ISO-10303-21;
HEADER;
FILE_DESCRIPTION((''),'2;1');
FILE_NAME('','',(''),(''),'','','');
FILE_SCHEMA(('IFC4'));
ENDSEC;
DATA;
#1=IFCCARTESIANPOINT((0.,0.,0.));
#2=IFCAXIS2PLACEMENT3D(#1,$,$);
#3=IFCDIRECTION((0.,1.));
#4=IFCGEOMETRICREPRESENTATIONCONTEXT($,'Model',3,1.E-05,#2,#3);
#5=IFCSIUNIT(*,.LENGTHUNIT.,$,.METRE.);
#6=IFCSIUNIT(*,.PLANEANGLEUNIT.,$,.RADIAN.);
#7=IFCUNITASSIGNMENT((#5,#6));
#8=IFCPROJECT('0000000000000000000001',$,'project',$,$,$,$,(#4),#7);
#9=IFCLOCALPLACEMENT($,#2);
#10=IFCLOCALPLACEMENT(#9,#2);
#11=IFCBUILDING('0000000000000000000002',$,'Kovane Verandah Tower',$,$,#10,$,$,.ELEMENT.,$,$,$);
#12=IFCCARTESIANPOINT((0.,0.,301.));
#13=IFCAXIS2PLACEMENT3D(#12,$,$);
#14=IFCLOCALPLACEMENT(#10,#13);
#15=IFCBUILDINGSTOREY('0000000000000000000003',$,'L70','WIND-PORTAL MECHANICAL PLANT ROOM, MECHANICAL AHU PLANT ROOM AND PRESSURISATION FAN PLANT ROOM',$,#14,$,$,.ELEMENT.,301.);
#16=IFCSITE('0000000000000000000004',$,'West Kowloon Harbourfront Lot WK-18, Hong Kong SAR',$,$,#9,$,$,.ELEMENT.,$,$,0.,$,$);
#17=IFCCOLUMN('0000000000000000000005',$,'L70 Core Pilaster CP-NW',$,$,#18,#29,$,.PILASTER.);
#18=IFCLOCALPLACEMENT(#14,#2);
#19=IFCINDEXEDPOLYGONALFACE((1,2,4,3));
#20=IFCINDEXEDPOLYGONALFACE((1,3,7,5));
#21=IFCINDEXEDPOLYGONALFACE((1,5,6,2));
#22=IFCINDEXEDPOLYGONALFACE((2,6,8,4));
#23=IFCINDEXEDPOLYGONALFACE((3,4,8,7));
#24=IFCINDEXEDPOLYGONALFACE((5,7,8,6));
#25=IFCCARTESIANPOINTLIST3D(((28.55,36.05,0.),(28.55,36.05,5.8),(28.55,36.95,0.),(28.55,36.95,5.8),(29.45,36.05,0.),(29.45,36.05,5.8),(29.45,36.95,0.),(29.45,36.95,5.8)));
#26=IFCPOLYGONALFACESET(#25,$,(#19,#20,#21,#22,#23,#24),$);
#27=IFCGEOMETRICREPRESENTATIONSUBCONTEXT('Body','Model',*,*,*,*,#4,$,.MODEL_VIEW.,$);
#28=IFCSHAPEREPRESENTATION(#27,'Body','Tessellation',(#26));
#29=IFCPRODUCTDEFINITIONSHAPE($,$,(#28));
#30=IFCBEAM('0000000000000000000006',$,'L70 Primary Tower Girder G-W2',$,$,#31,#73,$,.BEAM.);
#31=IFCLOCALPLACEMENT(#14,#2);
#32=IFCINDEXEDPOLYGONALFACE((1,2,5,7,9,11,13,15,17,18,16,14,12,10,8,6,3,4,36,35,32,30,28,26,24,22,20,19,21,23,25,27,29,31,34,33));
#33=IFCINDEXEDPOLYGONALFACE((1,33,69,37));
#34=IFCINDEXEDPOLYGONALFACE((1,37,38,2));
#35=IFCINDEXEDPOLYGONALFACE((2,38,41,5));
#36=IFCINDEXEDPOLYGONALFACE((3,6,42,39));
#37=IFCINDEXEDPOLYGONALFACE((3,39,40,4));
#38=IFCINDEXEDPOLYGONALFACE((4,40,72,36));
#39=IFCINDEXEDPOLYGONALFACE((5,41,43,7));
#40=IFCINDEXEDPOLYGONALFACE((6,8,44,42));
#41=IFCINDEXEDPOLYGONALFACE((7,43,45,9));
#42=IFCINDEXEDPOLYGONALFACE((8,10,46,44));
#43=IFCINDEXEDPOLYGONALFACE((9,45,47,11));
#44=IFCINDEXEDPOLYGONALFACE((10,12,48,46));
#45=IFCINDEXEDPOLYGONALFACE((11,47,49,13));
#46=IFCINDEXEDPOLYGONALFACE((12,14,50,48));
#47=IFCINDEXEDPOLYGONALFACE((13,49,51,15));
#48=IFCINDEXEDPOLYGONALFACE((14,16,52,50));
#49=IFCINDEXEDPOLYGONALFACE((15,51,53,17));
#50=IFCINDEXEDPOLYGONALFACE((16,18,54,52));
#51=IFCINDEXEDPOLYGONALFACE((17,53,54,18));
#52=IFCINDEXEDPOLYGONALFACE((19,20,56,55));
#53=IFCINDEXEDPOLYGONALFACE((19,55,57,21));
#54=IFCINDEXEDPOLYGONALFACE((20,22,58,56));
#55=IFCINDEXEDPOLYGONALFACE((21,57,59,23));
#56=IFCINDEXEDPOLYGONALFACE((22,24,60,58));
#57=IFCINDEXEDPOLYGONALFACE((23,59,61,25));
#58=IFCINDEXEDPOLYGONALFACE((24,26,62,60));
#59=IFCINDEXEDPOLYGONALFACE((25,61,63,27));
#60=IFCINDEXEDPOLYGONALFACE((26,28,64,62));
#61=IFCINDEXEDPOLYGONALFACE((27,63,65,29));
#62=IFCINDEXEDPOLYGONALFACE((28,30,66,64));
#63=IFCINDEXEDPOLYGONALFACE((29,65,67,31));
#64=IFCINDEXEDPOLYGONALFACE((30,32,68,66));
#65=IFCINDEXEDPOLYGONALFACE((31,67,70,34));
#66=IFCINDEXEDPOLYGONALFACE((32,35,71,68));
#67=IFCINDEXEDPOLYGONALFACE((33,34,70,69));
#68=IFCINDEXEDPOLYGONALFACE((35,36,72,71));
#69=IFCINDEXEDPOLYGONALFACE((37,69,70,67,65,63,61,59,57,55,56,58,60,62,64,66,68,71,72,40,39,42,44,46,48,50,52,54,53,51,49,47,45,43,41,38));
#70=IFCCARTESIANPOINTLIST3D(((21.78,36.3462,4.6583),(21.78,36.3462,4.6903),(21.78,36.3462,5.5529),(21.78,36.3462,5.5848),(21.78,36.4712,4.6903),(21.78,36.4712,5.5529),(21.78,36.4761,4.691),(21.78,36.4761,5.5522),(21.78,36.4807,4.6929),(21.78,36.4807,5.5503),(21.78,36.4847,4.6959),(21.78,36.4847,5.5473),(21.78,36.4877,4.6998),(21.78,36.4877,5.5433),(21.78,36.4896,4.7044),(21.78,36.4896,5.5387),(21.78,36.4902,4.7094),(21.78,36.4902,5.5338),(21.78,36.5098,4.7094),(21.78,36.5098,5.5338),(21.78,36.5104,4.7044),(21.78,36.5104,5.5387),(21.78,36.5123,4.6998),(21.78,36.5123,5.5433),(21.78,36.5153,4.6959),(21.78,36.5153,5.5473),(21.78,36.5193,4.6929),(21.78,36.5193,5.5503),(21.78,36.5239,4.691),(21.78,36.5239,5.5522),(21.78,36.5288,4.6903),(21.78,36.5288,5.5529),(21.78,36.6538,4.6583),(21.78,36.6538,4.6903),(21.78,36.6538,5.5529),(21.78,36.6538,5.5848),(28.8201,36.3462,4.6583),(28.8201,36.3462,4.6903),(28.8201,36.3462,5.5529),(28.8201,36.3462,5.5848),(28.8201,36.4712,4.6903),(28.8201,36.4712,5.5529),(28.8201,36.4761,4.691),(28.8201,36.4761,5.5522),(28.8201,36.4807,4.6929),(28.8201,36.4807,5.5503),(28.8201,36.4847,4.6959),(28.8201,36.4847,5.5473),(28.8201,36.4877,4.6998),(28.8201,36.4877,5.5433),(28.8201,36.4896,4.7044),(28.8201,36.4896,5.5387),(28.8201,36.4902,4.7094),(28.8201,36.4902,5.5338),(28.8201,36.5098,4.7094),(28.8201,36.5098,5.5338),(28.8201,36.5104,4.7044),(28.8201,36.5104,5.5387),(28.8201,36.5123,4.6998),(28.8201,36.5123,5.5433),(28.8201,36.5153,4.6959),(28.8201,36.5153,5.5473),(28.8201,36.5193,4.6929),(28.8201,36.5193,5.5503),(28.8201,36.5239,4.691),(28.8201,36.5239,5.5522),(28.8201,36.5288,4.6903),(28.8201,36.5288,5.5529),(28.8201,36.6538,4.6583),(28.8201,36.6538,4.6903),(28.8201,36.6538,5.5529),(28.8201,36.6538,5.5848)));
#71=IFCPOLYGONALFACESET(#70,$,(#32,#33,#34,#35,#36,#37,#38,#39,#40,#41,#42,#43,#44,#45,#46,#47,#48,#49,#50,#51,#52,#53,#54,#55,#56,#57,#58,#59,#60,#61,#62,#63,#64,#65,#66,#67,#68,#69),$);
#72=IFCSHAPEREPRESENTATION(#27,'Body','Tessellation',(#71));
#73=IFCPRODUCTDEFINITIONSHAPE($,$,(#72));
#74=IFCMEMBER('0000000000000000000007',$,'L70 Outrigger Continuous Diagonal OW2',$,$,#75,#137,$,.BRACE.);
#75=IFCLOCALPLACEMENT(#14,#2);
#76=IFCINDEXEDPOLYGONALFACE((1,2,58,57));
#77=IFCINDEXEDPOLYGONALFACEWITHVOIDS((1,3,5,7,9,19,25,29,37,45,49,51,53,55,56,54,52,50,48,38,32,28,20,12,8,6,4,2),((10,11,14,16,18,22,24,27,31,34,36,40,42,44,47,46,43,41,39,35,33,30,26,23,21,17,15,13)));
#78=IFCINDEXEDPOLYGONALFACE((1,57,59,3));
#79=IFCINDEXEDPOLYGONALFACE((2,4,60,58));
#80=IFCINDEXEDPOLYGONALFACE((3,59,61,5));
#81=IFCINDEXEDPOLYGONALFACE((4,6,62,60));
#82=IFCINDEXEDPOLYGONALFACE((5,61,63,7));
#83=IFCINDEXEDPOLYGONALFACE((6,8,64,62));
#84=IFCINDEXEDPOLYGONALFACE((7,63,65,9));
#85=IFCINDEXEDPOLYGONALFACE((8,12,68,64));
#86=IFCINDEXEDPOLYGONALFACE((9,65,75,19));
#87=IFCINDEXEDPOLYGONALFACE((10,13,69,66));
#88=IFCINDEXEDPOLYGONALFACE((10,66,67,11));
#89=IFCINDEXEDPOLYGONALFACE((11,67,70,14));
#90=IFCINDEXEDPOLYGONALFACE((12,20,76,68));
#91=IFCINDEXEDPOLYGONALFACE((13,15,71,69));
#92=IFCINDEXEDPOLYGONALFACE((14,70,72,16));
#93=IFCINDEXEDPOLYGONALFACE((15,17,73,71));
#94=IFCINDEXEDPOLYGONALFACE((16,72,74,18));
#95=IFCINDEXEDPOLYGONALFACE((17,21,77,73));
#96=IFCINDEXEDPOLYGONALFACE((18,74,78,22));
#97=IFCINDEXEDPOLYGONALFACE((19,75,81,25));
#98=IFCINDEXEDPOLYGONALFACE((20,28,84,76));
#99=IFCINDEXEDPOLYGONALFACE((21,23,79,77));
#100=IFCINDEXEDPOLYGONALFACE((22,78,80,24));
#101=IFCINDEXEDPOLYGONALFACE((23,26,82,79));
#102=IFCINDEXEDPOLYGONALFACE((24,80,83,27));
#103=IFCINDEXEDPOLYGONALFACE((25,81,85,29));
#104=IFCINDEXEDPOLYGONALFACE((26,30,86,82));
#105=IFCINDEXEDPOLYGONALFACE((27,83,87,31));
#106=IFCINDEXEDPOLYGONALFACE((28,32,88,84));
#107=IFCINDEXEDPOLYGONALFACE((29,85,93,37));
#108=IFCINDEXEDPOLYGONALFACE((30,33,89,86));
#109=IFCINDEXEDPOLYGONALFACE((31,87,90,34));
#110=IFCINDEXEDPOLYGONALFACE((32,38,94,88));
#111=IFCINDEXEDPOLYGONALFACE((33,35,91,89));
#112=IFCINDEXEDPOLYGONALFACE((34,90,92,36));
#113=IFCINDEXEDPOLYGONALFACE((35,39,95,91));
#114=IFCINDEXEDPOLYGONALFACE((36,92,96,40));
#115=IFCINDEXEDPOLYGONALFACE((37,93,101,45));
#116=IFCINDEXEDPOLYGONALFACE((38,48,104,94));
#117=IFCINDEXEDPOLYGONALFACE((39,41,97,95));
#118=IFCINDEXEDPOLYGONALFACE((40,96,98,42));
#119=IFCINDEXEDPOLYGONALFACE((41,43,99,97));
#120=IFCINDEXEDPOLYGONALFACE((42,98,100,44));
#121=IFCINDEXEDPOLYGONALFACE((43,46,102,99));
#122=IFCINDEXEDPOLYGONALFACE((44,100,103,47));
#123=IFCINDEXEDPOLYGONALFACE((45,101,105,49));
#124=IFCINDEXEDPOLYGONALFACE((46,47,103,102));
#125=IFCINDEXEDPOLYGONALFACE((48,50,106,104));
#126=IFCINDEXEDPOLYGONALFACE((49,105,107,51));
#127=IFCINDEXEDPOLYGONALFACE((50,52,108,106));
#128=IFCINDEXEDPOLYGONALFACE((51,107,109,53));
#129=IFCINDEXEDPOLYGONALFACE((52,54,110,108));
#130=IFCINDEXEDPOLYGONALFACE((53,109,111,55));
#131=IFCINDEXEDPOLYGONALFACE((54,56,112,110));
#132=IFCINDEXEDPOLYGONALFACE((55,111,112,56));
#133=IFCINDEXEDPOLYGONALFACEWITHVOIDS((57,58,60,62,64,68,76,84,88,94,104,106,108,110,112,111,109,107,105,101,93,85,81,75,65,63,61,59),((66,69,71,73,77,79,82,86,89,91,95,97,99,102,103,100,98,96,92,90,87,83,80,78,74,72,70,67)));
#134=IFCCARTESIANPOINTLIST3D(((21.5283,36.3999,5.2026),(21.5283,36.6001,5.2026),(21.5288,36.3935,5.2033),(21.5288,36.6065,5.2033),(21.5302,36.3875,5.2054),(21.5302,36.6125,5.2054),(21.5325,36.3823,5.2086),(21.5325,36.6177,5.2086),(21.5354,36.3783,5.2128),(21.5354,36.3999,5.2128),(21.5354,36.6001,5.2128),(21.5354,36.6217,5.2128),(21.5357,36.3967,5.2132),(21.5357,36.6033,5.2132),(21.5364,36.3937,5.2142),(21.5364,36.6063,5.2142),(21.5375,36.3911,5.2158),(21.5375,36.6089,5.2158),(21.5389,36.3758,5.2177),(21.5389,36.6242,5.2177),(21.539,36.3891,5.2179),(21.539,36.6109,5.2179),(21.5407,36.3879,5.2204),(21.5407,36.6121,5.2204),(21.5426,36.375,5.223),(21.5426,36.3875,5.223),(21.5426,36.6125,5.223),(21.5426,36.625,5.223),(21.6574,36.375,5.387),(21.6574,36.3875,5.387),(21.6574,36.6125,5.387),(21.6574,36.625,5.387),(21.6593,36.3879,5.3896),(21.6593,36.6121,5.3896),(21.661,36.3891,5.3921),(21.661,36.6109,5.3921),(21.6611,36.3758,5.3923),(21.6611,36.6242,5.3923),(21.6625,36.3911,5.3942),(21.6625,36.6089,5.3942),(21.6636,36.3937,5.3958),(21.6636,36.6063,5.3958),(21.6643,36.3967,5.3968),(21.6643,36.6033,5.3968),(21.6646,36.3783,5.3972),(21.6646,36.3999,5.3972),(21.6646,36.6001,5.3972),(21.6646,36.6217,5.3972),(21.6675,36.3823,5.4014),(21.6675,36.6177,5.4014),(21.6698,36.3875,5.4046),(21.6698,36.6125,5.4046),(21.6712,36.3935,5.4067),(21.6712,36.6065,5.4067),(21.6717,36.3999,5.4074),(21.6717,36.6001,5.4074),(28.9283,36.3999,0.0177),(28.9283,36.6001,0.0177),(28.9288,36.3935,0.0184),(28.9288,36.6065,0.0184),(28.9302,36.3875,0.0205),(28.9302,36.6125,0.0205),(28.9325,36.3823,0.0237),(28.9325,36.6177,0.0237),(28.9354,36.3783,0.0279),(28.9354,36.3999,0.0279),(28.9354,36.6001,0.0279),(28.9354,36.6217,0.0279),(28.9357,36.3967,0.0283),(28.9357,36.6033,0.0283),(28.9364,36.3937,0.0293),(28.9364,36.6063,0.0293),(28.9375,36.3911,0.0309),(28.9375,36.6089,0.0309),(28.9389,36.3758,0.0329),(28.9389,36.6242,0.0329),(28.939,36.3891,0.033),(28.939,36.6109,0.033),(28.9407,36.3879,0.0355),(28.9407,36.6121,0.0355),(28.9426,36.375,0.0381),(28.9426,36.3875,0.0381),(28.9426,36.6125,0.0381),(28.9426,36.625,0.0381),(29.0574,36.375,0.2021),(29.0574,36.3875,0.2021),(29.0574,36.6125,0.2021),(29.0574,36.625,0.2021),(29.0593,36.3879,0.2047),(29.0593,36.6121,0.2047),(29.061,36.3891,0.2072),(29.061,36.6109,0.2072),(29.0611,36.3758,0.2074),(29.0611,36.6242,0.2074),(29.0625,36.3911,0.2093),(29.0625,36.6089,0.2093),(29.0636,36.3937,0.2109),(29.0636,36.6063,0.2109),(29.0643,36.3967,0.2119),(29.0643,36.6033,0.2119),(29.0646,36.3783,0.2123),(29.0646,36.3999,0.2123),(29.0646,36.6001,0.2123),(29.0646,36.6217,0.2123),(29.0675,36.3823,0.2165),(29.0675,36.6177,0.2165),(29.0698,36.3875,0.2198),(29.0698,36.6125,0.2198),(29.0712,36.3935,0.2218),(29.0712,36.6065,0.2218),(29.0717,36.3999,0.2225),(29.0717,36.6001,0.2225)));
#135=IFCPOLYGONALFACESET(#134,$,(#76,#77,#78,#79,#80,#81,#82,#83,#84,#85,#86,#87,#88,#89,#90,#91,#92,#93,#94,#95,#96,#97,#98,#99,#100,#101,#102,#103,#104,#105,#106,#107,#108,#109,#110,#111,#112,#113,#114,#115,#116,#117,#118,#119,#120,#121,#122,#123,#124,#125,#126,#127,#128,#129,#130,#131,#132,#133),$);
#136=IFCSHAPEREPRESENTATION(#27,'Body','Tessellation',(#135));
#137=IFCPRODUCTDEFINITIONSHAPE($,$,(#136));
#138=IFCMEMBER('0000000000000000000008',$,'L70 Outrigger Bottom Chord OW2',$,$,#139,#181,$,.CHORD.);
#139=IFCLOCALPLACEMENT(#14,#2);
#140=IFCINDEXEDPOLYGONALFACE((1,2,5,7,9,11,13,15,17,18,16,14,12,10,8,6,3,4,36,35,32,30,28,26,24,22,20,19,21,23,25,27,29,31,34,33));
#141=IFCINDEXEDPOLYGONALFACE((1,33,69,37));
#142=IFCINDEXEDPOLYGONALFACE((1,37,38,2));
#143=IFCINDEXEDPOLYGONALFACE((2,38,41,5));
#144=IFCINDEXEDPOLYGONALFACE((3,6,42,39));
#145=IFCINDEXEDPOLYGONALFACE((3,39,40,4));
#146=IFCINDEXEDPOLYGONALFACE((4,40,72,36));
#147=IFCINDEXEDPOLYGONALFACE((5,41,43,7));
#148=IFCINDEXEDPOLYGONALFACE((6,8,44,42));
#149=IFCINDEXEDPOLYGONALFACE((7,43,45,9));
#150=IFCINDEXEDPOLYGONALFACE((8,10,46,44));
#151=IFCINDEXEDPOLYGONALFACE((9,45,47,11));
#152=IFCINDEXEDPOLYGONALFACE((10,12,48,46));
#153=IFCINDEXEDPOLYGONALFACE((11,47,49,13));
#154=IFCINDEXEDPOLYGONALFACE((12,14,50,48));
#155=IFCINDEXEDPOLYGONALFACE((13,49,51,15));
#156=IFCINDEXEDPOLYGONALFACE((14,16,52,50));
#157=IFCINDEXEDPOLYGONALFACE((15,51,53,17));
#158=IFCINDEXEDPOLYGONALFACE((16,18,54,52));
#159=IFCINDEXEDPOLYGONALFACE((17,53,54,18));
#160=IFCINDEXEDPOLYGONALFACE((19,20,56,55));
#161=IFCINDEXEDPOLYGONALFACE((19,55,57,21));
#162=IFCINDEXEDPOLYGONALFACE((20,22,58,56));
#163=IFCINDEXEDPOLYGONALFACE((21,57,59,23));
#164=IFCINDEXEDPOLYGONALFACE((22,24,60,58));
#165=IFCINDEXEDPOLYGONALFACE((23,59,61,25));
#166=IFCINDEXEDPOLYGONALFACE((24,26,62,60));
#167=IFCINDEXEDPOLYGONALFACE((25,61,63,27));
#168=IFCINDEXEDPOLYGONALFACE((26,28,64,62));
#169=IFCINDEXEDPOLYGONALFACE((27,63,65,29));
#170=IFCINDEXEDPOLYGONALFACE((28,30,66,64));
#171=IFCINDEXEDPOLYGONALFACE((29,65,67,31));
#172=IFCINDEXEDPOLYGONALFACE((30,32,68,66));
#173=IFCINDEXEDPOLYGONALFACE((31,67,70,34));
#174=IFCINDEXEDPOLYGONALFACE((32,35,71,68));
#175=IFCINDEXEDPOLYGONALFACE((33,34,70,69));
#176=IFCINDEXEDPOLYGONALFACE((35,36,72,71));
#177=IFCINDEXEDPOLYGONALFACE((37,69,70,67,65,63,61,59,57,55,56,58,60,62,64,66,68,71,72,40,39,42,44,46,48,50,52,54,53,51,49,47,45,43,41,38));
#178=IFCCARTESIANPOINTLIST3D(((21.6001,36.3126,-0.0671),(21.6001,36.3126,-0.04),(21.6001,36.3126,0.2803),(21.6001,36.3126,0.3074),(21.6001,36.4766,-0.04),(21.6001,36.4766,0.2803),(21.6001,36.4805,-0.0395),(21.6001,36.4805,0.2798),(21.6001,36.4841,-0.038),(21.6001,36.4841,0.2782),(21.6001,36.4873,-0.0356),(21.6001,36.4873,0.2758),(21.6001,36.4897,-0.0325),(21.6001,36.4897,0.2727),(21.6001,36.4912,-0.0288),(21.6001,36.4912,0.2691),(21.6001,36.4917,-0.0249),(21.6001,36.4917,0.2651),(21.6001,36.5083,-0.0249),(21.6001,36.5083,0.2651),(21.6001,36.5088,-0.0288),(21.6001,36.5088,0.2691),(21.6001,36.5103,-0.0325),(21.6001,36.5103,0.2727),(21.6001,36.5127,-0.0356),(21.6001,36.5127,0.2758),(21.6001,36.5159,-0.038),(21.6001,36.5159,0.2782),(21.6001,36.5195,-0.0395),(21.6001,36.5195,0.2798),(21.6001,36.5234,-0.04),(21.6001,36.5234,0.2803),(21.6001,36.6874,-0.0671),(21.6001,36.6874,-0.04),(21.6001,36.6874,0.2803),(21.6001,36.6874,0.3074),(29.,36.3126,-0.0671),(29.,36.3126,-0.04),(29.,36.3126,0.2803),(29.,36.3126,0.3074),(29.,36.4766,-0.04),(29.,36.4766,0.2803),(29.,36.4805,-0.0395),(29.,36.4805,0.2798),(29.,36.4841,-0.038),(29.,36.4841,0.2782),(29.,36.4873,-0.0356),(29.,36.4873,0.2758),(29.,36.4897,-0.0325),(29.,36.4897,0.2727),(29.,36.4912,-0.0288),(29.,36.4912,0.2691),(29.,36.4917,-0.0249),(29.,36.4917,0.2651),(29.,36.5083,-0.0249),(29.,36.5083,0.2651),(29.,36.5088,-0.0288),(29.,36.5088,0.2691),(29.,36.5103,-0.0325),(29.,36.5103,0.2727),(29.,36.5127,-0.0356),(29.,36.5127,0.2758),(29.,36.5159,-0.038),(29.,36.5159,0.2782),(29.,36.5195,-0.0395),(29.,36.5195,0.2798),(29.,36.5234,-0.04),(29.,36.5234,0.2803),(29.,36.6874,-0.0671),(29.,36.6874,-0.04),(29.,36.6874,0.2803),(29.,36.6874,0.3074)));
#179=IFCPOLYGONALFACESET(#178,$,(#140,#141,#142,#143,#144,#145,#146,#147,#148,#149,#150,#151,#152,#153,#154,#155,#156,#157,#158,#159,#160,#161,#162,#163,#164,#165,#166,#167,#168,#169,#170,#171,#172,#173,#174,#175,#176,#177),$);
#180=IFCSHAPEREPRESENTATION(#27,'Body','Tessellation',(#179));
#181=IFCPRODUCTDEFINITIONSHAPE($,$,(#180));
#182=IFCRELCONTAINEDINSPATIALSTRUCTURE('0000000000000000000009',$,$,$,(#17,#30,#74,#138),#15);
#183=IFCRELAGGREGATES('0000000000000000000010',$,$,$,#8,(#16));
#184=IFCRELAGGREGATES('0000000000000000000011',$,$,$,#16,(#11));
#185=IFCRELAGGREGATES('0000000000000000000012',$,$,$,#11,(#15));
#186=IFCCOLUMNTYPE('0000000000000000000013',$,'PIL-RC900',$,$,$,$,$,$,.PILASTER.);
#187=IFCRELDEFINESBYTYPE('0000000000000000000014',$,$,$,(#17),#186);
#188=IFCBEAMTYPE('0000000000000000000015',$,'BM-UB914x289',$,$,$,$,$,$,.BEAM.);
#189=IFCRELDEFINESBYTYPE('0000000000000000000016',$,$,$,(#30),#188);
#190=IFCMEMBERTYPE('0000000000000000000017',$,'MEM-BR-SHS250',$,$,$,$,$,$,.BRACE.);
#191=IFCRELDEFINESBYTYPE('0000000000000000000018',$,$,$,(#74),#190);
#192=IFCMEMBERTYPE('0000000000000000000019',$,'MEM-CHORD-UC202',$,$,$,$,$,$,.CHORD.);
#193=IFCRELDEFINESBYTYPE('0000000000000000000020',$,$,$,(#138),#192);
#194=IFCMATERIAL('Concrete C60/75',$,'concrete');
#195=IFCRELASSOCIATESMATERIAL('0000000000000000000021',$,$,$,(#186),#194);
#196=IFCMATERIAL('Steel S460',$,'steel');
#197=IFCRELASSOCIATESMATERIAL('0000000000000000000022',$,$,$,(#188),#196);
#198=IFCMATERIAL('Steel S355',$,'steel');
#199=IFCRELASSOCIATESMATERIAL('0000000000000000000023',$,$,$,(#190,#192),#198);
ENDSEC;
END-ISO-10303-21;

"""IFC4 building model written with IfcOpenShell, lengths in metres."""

from ifc_helpers import new_model, si_unit, direction, frame, origin, origin_2d, place, context, subcontext, project, spatial, rectangle, hollow_rectangle, i_section, extrude, material, material_profile, profile_set, type_object, element, save


model = new_model("IFC4")

# Units and contexts
model_context = context("Model", 3, precision=1e-05, world=origin(), true_north=direction((0.0, 1.0)))
body_context = subcontext(model_context, "Body", "Model", "MODEL_VIEW")
ifc_project = project(units=[si_unit("LENGTHUNIT", "METRE"), si_unit("PLANEANGLEUNIT", "RADIAN")], contexts=[model_context])

# Site, building, storey
site_placement = place(None, origin())
site = spatial("IfcSite", under=ifc_project, at=site_placement, Name="West Kowloon Harbourfront Lot WK-18, Hong Kong SAR", CompositionType="ELEMENT", RefElevation=0.0)
building_placement = place(site_placement, origin())
building = spatial("IfcBuilding", under=site, at=building_placement, Name="Kovane Verandah Tower", CompositionType="ELEMENT")
storey_placement = place(building_placement, frame((0.0, 0.0, 301.0)))
storey = spatial("IfcBuildingStorey", under=building, at=storey_placement, Name="L70", Description="WIND-PORTAL MECHANICAL PLANT ROOM, MECHANICAL AHU PLANT ROOM AND PRESSURISATION FAN PLANT ROOM", CompositionType="ELEMENT", Elevation=301.0)

# Column
ifc_material_1 = material(Name="Concrete C60/75", Category="concrete")
ifc_material_profile_1 = material_profile(ifc_material_1, rectangle(XDim=0.8999, YDim=0.8999, at=origin_2d()), Name="RC900x900")
ifc_profile_set_1 = profile_set([ifc_material_profile_1], Name="Concrete C60/75")
column_type = type_object("IfcColumnType", Name="PIL-RC900", PredefinedType="PILASTER", material=ifc_profile_set_1)
column_placement = place(storey_placement, frame((29.0, 36.5, 0.0), z_axis=(0.0, 0.0, 1.0), x_axis=(1.0, 0.0, 0.0)))
element("IfcColumn", 1, at=column_placement, inside=storey, type_object=column_type, Name="L70 Core Pilaster CP-NW", PredefinedType="PILASTER", context=body_context, shape_type="SweptSolid", body=[
    extrude(rectangle(XDim=0.8999, YDim=0.8999, at=origin_2d()), origin(), (0.0, 0.0, 1.0), 5.8),
])

# Beam
ifc_material_2 = material(Name="Steel S460", Category="steel")
ifc_material_profile_2 = material_profile(ifc_material_2, i_section(OverallWidth=0.3076, OverallDepth=0.9265, WebThickness=0.0195, FlangeThickness=0.032, FilletRadius=0.019, at=origin_2d()), Name="UB914x305x289")
ifc_profile_set_2 = profile_set([ifc_material_profile_2], Name="Steel S460")
beam_type = type_object("IfcBeamType", Name="BM-UB914x289", PredefinedType="BEAM", material=ifc_profile_set_2)
beam_placement = place(storey_placement, frame((28.8201, 36.5, 5.1216), z_axis=(-1.0, 0.0, 0.0), x_axis=(0.0, -1.0, 0.0)))
element("IfcBeam", 2, at=beam_placement, inside=storey, type_object=beam_type, Name="L70 Primary Tower Girder G-W2", PredefinedType="BEAM", context=body_context, shape_type="SweptSolid", body=[
    extrude(i_section(OverallWidth=0.3076, OverallDepth=0.9265, WebThickness=0.0195, FlangeThickness=0.032, FilletRadius=0.019, at=origin_2d()), origin(), (0.0, 0.0, 1.0), 7.04),
])

# Members
ifc_material_3 = material(Name="Steel S355", Category="steel")
ifc_material_profile_3 = material_profile(ifc_material_3, hollow_rectangle(XDim=0.25, YDim=0.25, WallThickness=0.0125, InnerFilletRadius=0.0125, OuterFilletRadius=0.0249, at=origin_2d()), Name="SHS250x250x12.5")
ifc_profile_set_3 = profile_set([ifc_material_profile_3], Name="Steel S355")
member_type_1 = type_object("IfcMemberType", Name="MEM-BR-SHS250", PredefinedType="BRACE", material=ifc_profile_set_3)
member_1_placement = place(storey_placement, frame((29.0, 36.5, 0.1201), z_axis=(-0.818978, 0.0, 0.573825), x_axis=(0.0, -1.0, 0.0)))
element("IfcMember", 3, at=member_1_placement, inside=storey, type_object=member_type_1, Name="L70 Outrigger Continuous Diagonal OW2", PredefinedType="BRACE", context=body_context, shape_type="SweptSolid", body=[
    extrude(hollow_rectangle(XDim=0.25, YDim=0.25, WallThickness=0.0125, InnerFilletRadius=0.0125, OuterFilletRadius=0.0249, at=origin_2d()), origin(), (0.0, 0.0, 1.0), 9.0356),
])
ifc_material_profile_4 = material_profile(ifc_material_3, i_section(OverallWidth=0.3748, OverallDepth=0.3745, WebThickness=0.0166, FlangeThickness=0.0271, FilletRadius=0.0151, at=origin_2d()), Name="UC356x368x202")
ifc_profile_set_4 = profile_set([ifc_material_profile_4], Name="Steel S355")
member_type_2 = type_object("IfcMemberType", Name="MEM-CHORD-UC202", PredefinedType="CHORD", material=ifc_profile_set_4)
member_2_placement = place(storey_placement, frame((29.0, 36.5, 0.1201), z_axis=(-1.0, 0.0, 0.0), x_axis=(0.0, -1.0, 0.0)))
element("IfcMember", 4, at=member_2_placement, inside=storey, type_object=member_type_2, Name="L70 Outrigger Bottom Chord OW2", PredefinedType="CHORD", context=body_context, shape_type="SweptSolid", body=[
    extrude(i_section(OverallWidth=0.3748, OverallDepth=0.3745, WebThickness=0.0166, FlangeThickness=0.0271, FilletRadius=0.0151, at=origin_2d()), origin(), (0.0, 0.0, 1.0), 7.3999),
])

save(model, "model.ifc")
